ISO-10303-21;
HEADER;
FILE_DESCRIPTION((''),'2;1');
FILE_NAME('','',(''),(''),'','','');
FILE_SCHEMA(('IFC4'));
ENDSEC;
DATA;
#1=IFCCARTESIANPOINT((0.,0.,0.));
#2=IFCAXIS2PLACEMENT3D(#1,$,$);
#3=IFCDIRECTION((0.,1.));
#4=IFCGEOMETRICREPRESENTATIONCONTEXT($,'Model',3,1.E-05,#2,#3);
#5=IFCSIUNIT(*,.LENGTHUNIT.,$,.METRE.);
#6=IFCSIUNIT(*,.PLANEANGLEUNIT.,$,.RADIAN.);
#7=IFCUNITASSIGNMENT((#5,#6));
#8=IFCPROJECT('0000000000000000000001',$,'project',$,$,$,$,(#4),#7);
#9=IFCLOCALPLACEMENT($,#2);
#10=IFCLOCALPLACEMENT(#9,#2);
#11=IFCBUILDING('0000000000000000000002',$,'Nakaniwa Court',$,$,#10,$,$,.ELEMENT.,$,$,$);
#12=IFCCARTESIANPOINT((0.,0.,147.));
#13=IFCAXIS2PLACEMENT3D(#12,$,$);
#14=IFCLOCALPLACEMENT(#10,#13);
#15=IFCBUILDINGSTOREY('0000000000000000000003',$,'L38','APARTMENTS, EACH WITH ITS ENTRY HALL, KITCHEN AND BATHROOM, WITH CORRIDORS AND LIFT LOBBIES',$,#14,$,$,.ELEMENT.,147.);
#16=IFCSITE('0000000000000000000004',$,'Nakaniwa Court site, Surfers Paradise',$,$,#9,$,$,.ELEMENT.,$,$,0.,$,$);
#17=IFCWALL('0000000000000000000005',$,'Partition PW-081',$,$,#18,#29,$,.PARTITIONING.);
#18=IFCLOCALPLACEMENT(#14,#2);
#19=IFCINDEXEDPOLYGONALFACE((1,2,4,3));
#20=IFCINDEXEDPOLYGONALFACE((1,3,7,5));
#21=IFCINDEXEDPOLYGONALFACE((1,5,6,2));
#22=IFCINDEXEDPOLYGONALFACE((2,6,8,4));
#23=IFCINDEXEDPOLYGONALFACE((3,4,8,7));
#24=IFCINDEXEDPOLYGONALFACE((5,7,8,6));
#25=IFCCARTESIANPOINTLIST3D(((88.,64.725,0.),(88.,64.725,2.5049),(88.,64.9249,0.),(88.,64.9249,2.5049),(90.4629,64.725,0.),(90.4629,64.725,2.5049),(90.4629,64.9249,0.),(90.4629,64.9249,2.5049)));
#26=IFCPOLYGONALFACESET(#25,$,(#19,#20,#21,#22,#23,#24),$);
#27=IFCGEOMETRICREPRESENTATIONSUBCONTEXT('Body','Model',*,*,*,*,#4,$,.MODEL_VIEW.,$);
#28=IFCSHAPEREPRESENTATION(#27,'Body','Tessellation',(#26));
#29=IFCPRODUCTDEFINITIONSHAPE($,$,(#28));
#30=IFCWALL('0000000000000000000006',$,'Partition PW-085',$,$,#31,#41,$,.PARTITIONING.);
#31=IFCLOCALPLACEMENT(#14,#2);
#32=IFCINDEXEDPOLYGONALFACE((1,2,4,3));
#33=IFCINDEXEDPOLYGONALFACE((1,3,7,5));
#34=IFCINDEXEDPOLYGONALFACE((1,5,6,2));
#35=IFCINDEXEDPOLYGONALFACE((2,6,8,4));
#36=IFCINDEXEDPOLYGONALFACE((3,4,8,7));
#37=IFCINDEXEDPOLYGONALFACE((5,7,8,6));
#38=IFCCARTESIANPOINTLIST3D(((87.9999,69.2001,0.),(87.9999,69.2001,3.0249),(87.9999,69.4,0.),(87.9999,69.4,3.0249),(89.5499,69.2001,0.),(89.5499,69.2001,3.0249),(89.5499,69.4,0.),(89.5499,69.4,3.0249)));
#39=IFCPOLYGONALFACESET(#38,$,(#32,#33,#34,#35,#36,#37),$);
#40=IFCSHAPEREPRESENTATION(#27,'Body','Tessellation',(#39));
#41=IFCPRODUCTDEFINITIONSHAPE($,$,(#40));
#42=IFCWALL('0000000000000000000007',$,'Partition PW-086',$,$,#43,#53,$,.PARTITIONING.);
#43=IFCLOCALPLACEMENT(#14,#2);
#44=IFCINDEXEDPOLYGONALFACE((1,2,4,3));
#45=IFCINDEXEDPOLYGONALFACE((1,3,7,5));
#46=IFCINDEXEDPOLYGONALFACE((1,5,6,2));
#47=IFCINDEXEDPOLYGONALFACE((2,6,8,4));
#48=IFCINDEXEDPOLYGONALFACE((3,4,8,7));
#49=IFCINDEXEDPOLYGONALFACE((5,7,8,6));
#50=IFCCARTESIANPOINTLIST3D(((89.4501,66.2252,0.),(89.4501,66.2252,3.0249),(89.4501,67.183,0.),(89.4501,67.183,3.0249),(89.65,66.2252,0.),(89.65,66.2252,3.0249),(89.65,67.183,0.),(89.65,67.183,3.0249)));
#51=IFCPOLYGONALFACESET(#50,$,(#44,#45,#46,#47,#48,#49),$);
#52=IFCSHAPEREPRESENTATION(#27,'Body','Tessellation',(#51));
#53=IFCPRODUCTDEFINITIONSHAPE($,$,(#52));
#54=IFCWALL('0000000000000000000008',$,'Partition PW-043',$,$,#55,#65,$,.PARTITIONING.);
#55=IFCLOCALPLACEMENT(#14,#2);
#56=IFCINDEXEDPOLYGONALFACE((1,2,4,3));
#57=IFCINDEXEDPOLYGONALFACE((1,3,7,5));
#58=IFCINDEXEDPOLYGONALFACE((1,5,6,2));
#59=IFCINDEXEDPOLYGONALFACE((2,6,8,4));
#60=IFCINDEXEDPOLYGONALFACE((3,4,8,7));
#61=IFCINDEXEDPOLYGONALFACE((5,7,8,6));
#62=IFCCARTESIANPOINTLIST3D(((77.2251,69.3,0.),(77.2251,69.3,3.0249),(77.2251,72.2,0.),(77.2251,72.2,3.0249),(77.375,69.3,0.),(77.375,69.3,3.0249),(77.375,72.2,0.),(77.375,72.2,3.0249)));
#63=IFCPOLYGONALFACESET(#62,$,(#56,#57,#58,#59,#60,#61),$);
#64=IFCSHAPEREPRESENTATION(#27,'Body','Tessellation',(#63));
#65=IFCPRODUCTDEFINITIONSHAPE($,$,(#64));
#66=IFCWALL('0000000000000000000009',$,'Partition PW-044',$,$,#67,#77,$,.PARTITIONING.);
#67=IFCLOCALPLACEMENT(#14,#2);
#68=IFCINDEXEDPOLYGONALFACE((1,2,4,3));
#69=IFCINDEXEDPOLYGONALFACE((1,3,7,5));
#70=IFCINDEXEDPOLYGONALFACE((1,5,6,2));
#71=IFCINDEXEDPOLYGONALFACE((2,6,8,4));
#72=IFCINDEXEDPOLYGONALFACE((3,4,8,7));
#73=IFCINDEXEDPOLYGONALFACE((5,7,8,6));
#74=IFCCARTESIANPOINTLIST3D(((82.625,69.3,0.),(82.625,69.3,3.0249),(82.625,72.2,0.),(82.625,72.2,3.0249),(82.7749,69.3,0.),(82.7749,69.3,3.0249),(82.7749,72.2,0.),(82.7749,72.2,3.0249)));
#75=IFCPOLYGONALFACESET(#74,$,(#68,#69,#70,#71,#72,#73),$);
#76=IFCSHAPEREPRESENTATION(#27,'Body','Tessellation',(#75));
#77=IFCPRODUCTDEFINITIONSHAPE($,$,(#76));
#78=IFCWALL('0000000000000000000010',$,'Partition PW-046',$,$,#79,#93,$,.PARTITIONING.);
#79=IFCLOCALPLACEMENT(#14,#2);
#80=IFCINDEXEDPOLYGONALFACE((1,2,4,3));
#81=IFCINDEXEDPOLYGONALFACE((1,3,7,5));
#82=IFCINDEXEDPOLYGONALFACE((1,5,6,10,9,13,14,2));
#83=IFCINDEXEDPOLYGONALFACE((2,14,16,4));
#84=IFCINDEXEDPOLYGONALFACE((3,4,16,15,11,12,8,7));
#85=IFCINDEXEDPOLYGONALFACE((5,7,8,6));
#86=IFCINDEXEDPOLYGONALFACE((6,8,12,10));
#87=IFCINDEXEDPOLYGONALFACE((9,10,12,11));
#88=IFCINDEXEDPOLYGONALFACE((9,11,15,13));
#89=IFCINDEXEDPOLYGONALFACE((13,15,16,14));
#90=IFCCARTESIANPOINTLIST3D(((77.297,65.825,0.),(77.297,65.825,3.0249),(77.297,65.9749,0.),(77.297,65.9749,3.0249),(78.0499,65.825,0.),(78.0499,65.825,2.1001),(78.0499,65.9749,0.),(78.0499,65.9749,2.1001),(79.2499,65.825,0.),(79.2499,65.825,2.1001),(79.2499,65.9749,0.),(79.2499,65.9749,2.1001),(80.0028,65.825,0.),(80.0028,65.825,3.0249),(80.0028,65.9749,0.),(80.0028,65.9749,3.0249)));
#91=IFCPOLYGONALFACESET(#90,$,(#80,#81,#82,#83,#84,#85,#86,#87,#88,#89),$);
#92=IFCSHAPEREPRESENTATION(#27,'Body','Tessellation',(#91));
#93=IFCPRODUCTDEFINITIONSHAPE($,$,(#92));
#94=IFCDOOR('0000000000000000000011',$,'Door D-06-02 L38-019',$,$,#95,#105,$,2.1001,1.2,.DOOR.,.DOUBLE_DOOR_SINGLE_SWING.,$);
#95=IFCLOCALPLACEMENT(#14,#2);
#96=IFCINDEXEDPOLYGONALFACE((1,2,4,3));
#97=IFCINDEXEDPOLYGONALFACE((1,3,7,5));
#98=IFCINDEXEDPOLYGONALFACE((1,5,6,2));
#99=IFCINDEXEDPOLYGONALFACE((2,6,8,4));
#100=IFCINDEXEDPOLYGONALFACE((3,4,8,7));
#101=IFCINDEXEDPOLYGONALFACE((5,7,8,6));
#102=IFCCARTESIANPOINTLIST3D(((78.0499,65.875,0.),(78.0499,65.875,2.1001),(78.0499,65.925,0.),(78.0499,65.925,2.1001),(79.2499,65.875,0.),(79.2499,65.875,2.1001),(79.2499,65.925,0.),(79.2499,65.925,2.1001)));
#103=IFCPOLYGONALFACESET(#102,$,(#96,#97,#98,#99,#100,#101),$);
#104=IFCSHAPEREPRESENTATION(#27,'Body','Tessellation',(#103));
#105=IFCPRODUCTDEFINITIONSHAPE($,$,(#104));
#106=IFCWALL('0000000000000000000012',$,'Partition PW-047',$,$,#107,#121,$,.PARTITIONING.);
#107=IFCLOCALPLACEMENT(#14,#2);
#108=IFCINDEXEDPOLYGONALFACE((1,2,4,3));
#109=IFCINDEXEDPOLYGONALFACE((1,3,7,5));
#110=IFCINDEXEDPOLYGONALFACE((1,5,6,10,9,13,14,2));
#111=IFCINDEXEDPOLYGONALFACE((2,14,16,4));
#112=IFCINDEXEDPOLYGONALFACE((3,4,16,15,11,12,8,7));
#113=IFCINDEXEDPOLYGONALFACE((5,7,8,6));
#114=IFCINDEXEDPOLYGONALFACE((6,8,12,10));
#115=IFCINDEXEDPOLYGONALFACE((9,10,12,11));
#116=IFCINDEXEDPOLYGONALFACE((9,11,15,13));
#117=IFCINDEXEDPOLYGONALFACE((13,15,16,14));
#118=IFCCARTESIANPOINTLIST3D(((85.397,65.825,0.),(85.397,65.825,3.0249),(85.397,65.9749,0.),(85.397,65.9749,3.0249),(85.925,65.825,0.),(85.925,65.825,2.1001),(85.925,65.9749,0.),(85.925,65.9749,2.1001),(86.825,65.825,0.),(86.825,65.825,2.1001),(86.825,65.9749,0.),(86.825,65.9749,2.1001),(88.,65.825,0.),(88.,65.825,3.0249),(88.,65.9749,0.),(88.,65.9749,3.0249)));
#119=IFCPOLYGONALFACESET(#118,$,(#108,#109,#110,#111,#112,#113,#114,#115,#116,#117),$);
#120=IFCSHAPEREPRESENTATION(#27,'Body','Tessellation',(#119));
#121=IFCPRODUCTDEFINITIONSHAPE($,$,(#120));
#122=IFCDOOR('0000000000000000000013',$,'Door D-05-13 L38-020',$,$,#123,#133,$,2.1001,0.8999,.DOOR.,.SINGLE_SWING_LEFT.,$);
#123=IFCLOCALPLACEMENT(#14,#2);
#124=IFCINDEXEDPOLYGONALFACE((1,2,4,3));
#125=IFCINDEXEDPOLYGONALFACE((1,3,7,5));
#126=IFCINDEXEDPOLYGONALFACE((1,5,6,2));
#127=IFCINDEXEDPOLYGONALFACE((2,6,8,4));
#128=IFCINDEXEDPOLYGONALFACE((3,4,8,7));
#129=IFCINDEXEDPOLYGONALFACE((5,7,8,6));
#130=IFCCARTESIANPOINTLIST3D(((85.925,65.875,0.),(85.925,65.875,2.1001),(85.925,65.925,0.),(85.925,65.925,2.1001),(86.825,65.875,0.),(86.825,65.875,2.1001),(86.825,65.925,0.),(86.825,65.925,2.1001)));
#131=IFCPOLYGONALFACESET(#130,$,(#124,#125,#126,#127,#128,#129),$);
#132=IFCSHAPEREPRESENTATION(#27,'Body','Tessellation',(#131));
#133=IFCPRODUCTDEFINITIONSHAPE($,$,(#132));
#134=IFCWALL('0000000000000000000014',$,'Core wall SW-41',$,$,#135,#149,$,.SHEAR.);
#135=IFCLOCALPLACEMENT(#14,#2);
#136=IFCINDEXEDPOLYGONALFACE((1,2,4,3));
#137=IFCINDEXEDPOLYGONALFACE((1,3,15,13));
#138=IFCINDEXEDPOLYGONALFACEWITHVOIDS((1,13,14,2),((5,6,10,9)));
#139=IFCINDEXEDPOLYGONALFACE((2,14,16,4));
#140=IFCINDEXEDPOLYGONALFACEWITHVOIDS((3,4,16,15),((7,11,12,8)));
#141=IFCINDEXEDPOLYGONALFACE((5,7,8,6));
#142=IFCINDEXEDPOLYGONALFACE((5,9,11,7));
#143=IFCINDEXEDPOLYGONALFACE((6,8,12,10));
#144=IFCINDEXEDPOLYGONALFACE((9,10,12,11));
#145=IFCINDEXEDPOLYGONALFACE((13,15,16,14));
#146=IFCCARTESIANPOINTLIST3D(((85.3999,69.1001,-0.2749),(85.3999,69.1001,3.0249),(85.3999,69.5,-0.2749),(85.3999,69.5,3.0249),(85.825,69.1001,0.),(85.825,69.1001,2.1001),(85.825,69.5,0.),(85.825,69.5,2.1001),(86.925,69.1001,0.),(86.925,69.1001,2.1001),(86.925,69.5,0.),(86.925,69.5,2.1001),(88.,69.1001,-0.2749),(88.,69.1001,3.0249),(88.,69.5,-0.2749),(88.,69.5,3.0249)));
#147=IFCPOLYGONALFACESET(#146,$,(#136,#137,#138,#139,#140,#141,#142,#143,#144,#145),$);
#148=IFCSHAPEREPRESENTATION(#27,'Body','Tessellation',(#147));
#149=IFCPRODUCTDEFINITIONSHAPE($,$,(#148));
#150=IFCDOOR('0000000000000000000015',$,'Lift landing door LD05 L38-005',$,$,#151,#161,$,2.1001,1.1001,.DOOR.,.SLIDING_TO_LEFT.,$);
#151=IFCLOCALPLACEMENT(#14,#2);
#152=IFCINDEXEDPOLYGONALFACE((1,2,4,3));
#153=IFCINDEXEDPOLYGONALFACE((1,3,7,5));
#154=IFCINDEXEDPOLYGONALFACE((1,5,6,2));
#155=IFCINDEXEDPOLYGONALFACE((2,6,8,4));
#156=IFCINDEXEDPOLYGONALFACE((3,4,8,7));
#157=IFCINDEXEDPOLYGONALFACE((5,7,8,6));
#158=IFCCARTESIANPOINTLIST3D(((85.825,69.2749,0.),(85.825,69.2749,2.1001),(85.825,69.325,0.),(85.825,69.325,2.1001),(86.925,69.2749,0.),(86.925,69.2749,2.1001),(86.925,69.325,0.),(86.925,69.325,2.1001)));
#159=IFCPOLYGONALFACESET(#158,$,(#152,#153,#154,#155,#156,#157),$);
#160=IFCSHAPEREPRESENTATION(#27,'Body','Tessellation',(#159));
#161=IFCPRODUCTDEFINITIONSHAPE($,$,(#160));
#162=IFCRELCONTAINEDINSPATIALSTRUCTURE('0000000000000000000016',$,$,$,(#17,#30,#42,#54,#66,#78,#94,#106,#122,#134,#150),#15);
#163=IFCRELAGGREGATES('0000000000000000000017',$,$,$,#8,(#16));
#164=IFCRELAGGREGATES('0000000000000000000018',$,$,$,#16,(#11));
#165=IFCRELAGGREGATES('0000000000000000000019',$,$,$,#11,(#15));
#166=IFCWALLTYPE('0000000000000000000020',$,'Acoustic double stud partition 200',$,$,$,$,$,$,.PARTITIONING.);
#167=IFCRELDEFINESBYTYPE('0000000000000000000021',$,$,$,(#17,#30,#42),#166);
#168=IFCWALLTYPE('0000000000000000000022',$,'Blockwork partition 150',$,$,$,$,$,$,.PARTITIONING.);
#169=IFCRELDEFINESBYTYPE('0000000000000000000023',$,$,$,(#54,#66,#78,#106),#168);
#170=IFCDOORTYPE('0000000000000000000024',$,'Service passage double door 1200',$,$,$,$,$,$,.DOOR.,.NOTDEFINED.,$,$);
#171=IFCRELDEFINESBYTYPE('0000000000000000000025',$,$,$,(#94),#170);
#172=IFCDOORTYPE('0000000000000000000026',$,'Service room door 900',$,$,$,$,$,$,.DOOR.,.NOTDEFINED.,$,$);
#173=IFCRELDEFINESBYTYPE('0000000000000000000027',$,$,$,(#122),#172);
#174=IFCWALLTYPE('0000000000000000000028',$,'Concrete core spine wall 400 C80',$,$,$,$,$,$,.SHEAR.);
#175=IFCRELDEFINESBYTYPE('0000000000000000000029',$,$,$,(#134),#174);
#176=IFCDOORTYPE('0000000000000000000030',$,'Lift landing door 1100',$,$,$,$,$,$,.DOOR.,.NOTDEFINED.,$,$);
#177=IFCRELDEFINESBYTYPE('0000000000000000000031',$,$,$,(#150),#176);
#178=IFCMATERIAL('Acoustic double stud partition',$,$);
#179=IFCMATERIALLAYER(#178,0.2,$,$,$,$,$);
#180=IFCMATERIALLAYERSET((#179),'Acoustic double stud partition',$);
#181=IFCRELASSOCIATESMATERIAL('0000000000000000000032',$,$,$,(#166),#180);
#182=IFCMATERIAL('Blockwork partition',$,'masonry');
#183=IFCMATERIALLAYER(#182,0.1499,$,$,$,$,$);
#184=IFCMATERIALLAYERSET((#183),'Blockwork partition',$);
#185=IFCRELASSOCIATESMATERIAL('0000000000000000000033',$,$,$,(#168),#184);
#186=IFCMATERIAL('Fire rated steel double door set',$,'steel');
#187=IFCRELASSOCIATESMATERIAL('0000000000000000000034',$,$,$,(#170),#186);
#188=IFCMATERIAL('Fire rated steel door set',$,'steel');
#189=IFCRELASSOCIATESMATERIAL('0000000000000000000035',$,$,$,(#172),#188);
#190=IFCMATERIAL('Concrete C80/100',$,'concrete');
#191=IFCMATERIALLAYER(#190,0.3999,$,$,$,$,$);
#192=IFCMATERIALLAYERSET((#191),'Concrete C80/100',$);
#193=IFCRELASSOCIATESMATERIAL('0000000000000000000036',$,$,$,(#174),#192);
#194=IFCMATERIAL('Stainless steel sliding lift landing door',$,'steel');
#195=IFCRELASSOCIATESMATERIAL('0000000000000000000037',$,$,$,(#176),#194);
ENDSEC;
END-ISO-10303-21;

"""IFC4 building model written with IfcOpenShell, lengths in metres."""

from ifc_helpers import new_model, si_unit, direction, frame, frame_2d, origin, place, context, subcontext, project, spatial, rectangle, extrude, material, layer, layer_set, type_object, element, fill, save


model = new_model("IFC4")

# Units and contexts
model_context = context("Model", 3, precision=1e-05, world=origin(), true_north=direction((0.0, 1.0)))
body_context = subcontext(model_context, "Body", "Model", "MODEL_VIEW")
ifc_project = project(units=[si_unit("LENGTHUNIT", "METRE"), si_unit("PLANEANGLEUNIT", "RADIAN")], contexts=[model_context])

# Site, building, storey
site_placement = place(None, origin())
site = spatial("IfcSite", under=ifc_project, at=site_placement, Name="Nakaniwa Court site, Surfers Paradise", CompositionType="ELEMENT", RefElevation=0.0)
building_placement = place(site_placement, origin())
building = spatial("IfcBuilding", under=site, at=building_placement, Name="Nakaniwa Court", CompositionType="ELEMENT")
storey_placement = place(building_placement, frame((0.0, 0.0, 147.0)))
storey = spatial("IfcBuildingStorey", under=building, at=storey_placement, Name="L38", Description="APARTMENTS, EACH WITH ITS ENTRY HALL, KITCHEN AND BATHROOM, WITH CORRIDORS AND LIFT LOBBIES", CompositionType="ELEMENT", Elevation=147.0)

# Walls
ifc_material_1 = material(Name="Acoustic double stud partition")
ifc_layer_1 = layer(ifc_material_1, 0.2)
ifc_layer_set_1 = layer_set([ifc_layer_1], Name="Acoustic double stud partition")
wall_type_1 = type_object("IfcWallType", Name="Acoustic double stud partition 200", PredefinedType="PARTITIONING", material=ifc_layer_set_1)
wall_1_placement = place(storey_placement, frame((88.0, 64.825, 0.0), z_axis=(0.0, 0.0, 1.0), x_axis=(1.0, 0.0, 0.0)))
element("IfcWall", 1, at=wall_1_placement, inside=storey, type_object=wall_type_1, Name="Partition PW-081", PredefinedType="PARTITIONING", context=body_context, shape_type="SweptSolid", body=[
    extrude(rectangle(XDim=2.4629, YDim=0.2, at=frame_2d((1.2314, 0.0))), origin(), (0.0, 0.0, 1.0), 2.5049),
])
wall_2_placement = place(storey_placement, frame((88.0, 69.3, 0.0), z_axis=(0.0, 0.0, 1.0), x_axis=(1.0, 0.0, 0.0)))
element("IfcWall", 2, at=wall_2_placement, inside=storey, type_object=wall_type_1, Name="Partition PW-085", PredefinedType="PARTITIONING", context=body_context, shape_type="SweptSolid", body=[
    extrude(rectangle(XDim=1.55, YDim=0.2, at=frame_2d((0.7749, 0.0))), origin(), (0.0, 0.0, 1.0), 3.0249),
])
wall_3_placement = place(storey_placement, frame((89.55, 66.2251, 0.0), z_axis=(0.0, 0.0, 1.0), x_axis=(0.0, 1.0, 0.0)))
element("IfcWall", 3, at=wall_3_placement, inside=storey, type_object=wall_type_1, Name="Partition PW-086", PredefinedType="PARTITIONING", context=body_context, shape_type="SweptSolid", body=[
    extrude(rectangle(XDim=0.9578, YDim=0.2, at=frame_2d((0.479, 0.0))), origin(), (0.0, 0.0, 1.0), 3.0249),
])
ifc_material_2 = material(Name="Blockwork partition", Category="masonry")
ifc_layer_2 = layer(ifc_material_2, 0.1499)
ifc_layer_set_2 = layer_set([ifc_layer_2], Name="Blockwork partition")
wall_type_2 = type_object("IfcWallType", Name="Blockwork partition 150", PredefinedType="PARTITIONING", material=ifc_layer_set_2)
for number, where, z_axis, x_axis, name in (
    (4, (77.3, 69.3, 0.0), (0.0, 0.0, 1.0), (0.0, 1.0, 0.0), "Partition PW-043"),
    (5, (82.7, 69.3, 0.0), (0.0, 0.0, 1.0), (0.0, 1.0, 0.0), "Partition PW-044"),
):
    element("IfcWall", number, at=place(storey_placement, frame(where, z_axis=z_axis, x_axis=x_axis)), inside=storey, type_object=wall_type_2, Name=name, PredefinedType="PARTITIONING", context=body_context, shape_type="SweptSolid", body=[
        extrude(rectangle(XDim=2.8999, YDim=0.1499, at=frame_2d((1.45, 0.0))), origin(), (0.0, 0.0, 1.0), 3.0249),
    ])

# Walls, openings, doors
wall_4_placement = place(storey_placement, frame((80.0029, 65.8999, 0.0), z_axis=(0.0, 0.0, 1.0), x_axis=(-1.0, 0.0, 0.0)))
wall_4 = element("IfcWall", 6, at=wall_4_placement, inside=storey, type_object=wall_type_2, Name="Partition PW-046", PredefinedType="PARTITIONING", context=body_context, shape_type="SweptSolid", body=[
    extrude(rectangle(XDim=2.7058, YDim=0.1499, at=frame_2d((1.353, 0.0))), origin(), (0.0, 0.0, 1.0), 3.0249),
])
opening_1_placement = place(wall_4_placement, frame((0.7529, 0.0, 0.0)))
opening_1 = element("IfcOpeningElement", 7, at=opening_1_placement, cuts=wall_4, PredefinedType="OPENING", context=body_context, shape_type="SweptSolid", body=[
    extrude(rectangle(XDim=1.2, YDim=2.1001, at=frame_2d((0.6001, 1.05))), frame((0.0, 0.085, 0.0), z_axis=(0.0, -1.0, 0.0), x_axis=(1.0, 0.0, 0.0)), (0.0, 0.0, 1.0), 0.1699),
])
ifc_material_3 = material(Name="Fire rated steel double door set", Category="steel")
door_type_1 = type_object("IfcDoorType", Name="Service passage double door 1200", OperationType="NOTDEFINED", PredefinedType="DOOR", material=ifc_material_3)
door_1_placement = place(opening_1_placement, origin())
door_1 = element("IfcDoor", 8, at=door_1_placement, inside=storey, type_object=door_type_1, Name="Door D-06-02 L38-019", OperationType="DOUBLE_DOOR_SINGLE_SWING", OverallHeight=2.1001, OverallWidth=1.2, PredefinedType="DOOR", context=body_context, shape_type="SweptSolid", body=[
    extrude(rectangle(XDim=1.2, YDim=2.1001, at=frame_2d((0.6001, 1.05))), frame((0.0, 0.0249, 0.0), z_axis=(0.0, -1.0, 0.0), x_axis=(1.0, 0.0, 0.0)), (0.0, 0.0, 1.0), 0.05),
])
fill(opening_1, door_1)
wall_5_placement = place(storey_placement, frame((88.0, 65.8999, 0.0), z_axis=(0.0, 0.0, 1.0), x_axis=(-1.0, 0.0, 0.0)))
wall_5 = element("IfcWall", 9, at=wall_5_placement, inside=storey, type_object=wall_type_2, Name="Partition PW-047", PredefinedType="PARTITIONING", context=body_context, shape_type="SweptSolid", body=[
    extrude(rectangle(XDim=2.603, YDim=0.1499, at=frame_2d((1.3015, 0.0))), origin(), (0.0, 0.0, 1.0), 3.0249),
])
opening_2_placement = place(wall_5_placement, frame((1.175, 0.0, 0.0)))
opening_2 = element("IfcOpeningElement", 10, at=opening_2_placement, cuts=wall_5, PredefinedType="OPENING", context=body_context, shape_type="SweptSolid", body=[
    extrude(rectangle(XDim=0.8999, YDim=2.1001, at=frame_2d((0.45, 1.05))), frame((0.0, 0.085, 0.0), z_axis=(0.0, -1.0, 0.0), x_axis=(1.0, 0.0, 0.0)), (0.0, 0.0, 1.0), 0.1699),
])
ifc_material_4 = material(Name="Fire rated steel door set", Category="steel")
door_type_2 = type_object("IfcDoorType", Name="Service room door 900", OperationType="NOTDEFINED", PredefinedType="DOOR", material=ifc_material_4)
door_2_placement = place(opening_2_placement, origin())
door_2 = element("IfcDoor", 11, at=door_2_placement, inside=storey, type_object=door_type_2, Name="Door D-05-13 L38-020", OperationType="SINGLE_SWING_LEFT", OverallHeight=2.1001, OverallWidth=0.8999, PredefinedType="DOOR", context=body_context, shape_type="SweptSolid", body=[
    extrude(rectangle(XDim=0.8999, YDim=2.1001, at=frame_2d((0.45, 1.05))), frame((0.0, 0.0249, 0.0), z_axis=(0.0, -1.0, 0.0), x_axis=(1.0, 0.0, 0.0)), (0.0, 0.0, 1.0), 0.05),
])
fill(opening_2, door_2)
ifc_material_5 = material(Name="Concrete C80/100", Category="concrete")
ifc_layer_3 = layer(ifc_material_5, 0.3999)
ifc_layer_set_3 = layer_set([ifc_layer_3], Name="Concrete C80/100")
wall_type_3 = type_object("IfcWallType", Name="Concrete core spine wall 400 C80", PredefinedType="SHEAR", material=ifc_layer_set_3)
wall_6_placement = place(storey_placement, frame((85.3999, 69.3, -0.2749), z_axis=(0.0, 0.0, 1.0), x_axis=(1.0, 0.0, 0.0)))
wall_6 = element("IfcWall", 12, at=wall_6_placement, inside=storey, type_object=wall_type_3, Name="Core wall SW-41", PredefinedType="SHEAR", context=body_context, shape_type="SweptSolid", body=[
    extrude(rectangle(XDim=2.6001, YDim=0.3999, at=frame_2d((1.3, 0.0))), origin(), (0.0, 0.0, 1.0), 3.2998),
])
opening_3_placement = place(wall_6_placement, frame((0.425, 0.0, 0.2749)))
opening_3 = element("IfcOpeningElement", 13, at=opening_3_placement, cuts=wall_6, PredefinedType="OPENING", context=body_context, shape_type="SweptSolid", body=[
    extrude(rectangle(XDim=1.1001, YDim=2.1001, at=frame_2d((0.55, 1.05))), frame((0.0, 0.21, 0.0), z_axis=(0.0, -1.0, 0.0), x_axis=(1.0, 0.0, 0.0)), (0.0, 0.0, 1.0), 0.4199),
])
ifc_material_6 = material(Name="Stainless steel sliding lift landing door", Category="steel")
door_type_3 = type_object("IfcDoorType", Name="Lift landing door 1100", OperationType="NOTDEFINED", PredefinedType="DOOR", material=ifc_material_6)
door_3_placement = place(opening_3_placement, origin())
door_3 = element("IfcDoor", 14, at=door_3_placement, inside=storey, type_object=door_type_3, Name="Lift landing door LD05 L38-005", OperationType="SLIDING_TO_LEFT", OverallHeight=2.1001, OverallWidth=1.1001, PredefinedType="DOOR", context=body_context, shape_type="SweptSolid", body=[
    extrude(rectangle(XDim=1.1001, YDim=2.1001, at=frame_2d((0.55, 1.05))), frame((0.0, 0.0249, 0.0), z_axis=(0.0, -1.0, 0.0), x_axis=(1.0, 0.0, 0.0)), (0.0, 0.0, 1.0), 0.05),
])
fill(opening_3, door_3)

save(model, "model.ifc")
